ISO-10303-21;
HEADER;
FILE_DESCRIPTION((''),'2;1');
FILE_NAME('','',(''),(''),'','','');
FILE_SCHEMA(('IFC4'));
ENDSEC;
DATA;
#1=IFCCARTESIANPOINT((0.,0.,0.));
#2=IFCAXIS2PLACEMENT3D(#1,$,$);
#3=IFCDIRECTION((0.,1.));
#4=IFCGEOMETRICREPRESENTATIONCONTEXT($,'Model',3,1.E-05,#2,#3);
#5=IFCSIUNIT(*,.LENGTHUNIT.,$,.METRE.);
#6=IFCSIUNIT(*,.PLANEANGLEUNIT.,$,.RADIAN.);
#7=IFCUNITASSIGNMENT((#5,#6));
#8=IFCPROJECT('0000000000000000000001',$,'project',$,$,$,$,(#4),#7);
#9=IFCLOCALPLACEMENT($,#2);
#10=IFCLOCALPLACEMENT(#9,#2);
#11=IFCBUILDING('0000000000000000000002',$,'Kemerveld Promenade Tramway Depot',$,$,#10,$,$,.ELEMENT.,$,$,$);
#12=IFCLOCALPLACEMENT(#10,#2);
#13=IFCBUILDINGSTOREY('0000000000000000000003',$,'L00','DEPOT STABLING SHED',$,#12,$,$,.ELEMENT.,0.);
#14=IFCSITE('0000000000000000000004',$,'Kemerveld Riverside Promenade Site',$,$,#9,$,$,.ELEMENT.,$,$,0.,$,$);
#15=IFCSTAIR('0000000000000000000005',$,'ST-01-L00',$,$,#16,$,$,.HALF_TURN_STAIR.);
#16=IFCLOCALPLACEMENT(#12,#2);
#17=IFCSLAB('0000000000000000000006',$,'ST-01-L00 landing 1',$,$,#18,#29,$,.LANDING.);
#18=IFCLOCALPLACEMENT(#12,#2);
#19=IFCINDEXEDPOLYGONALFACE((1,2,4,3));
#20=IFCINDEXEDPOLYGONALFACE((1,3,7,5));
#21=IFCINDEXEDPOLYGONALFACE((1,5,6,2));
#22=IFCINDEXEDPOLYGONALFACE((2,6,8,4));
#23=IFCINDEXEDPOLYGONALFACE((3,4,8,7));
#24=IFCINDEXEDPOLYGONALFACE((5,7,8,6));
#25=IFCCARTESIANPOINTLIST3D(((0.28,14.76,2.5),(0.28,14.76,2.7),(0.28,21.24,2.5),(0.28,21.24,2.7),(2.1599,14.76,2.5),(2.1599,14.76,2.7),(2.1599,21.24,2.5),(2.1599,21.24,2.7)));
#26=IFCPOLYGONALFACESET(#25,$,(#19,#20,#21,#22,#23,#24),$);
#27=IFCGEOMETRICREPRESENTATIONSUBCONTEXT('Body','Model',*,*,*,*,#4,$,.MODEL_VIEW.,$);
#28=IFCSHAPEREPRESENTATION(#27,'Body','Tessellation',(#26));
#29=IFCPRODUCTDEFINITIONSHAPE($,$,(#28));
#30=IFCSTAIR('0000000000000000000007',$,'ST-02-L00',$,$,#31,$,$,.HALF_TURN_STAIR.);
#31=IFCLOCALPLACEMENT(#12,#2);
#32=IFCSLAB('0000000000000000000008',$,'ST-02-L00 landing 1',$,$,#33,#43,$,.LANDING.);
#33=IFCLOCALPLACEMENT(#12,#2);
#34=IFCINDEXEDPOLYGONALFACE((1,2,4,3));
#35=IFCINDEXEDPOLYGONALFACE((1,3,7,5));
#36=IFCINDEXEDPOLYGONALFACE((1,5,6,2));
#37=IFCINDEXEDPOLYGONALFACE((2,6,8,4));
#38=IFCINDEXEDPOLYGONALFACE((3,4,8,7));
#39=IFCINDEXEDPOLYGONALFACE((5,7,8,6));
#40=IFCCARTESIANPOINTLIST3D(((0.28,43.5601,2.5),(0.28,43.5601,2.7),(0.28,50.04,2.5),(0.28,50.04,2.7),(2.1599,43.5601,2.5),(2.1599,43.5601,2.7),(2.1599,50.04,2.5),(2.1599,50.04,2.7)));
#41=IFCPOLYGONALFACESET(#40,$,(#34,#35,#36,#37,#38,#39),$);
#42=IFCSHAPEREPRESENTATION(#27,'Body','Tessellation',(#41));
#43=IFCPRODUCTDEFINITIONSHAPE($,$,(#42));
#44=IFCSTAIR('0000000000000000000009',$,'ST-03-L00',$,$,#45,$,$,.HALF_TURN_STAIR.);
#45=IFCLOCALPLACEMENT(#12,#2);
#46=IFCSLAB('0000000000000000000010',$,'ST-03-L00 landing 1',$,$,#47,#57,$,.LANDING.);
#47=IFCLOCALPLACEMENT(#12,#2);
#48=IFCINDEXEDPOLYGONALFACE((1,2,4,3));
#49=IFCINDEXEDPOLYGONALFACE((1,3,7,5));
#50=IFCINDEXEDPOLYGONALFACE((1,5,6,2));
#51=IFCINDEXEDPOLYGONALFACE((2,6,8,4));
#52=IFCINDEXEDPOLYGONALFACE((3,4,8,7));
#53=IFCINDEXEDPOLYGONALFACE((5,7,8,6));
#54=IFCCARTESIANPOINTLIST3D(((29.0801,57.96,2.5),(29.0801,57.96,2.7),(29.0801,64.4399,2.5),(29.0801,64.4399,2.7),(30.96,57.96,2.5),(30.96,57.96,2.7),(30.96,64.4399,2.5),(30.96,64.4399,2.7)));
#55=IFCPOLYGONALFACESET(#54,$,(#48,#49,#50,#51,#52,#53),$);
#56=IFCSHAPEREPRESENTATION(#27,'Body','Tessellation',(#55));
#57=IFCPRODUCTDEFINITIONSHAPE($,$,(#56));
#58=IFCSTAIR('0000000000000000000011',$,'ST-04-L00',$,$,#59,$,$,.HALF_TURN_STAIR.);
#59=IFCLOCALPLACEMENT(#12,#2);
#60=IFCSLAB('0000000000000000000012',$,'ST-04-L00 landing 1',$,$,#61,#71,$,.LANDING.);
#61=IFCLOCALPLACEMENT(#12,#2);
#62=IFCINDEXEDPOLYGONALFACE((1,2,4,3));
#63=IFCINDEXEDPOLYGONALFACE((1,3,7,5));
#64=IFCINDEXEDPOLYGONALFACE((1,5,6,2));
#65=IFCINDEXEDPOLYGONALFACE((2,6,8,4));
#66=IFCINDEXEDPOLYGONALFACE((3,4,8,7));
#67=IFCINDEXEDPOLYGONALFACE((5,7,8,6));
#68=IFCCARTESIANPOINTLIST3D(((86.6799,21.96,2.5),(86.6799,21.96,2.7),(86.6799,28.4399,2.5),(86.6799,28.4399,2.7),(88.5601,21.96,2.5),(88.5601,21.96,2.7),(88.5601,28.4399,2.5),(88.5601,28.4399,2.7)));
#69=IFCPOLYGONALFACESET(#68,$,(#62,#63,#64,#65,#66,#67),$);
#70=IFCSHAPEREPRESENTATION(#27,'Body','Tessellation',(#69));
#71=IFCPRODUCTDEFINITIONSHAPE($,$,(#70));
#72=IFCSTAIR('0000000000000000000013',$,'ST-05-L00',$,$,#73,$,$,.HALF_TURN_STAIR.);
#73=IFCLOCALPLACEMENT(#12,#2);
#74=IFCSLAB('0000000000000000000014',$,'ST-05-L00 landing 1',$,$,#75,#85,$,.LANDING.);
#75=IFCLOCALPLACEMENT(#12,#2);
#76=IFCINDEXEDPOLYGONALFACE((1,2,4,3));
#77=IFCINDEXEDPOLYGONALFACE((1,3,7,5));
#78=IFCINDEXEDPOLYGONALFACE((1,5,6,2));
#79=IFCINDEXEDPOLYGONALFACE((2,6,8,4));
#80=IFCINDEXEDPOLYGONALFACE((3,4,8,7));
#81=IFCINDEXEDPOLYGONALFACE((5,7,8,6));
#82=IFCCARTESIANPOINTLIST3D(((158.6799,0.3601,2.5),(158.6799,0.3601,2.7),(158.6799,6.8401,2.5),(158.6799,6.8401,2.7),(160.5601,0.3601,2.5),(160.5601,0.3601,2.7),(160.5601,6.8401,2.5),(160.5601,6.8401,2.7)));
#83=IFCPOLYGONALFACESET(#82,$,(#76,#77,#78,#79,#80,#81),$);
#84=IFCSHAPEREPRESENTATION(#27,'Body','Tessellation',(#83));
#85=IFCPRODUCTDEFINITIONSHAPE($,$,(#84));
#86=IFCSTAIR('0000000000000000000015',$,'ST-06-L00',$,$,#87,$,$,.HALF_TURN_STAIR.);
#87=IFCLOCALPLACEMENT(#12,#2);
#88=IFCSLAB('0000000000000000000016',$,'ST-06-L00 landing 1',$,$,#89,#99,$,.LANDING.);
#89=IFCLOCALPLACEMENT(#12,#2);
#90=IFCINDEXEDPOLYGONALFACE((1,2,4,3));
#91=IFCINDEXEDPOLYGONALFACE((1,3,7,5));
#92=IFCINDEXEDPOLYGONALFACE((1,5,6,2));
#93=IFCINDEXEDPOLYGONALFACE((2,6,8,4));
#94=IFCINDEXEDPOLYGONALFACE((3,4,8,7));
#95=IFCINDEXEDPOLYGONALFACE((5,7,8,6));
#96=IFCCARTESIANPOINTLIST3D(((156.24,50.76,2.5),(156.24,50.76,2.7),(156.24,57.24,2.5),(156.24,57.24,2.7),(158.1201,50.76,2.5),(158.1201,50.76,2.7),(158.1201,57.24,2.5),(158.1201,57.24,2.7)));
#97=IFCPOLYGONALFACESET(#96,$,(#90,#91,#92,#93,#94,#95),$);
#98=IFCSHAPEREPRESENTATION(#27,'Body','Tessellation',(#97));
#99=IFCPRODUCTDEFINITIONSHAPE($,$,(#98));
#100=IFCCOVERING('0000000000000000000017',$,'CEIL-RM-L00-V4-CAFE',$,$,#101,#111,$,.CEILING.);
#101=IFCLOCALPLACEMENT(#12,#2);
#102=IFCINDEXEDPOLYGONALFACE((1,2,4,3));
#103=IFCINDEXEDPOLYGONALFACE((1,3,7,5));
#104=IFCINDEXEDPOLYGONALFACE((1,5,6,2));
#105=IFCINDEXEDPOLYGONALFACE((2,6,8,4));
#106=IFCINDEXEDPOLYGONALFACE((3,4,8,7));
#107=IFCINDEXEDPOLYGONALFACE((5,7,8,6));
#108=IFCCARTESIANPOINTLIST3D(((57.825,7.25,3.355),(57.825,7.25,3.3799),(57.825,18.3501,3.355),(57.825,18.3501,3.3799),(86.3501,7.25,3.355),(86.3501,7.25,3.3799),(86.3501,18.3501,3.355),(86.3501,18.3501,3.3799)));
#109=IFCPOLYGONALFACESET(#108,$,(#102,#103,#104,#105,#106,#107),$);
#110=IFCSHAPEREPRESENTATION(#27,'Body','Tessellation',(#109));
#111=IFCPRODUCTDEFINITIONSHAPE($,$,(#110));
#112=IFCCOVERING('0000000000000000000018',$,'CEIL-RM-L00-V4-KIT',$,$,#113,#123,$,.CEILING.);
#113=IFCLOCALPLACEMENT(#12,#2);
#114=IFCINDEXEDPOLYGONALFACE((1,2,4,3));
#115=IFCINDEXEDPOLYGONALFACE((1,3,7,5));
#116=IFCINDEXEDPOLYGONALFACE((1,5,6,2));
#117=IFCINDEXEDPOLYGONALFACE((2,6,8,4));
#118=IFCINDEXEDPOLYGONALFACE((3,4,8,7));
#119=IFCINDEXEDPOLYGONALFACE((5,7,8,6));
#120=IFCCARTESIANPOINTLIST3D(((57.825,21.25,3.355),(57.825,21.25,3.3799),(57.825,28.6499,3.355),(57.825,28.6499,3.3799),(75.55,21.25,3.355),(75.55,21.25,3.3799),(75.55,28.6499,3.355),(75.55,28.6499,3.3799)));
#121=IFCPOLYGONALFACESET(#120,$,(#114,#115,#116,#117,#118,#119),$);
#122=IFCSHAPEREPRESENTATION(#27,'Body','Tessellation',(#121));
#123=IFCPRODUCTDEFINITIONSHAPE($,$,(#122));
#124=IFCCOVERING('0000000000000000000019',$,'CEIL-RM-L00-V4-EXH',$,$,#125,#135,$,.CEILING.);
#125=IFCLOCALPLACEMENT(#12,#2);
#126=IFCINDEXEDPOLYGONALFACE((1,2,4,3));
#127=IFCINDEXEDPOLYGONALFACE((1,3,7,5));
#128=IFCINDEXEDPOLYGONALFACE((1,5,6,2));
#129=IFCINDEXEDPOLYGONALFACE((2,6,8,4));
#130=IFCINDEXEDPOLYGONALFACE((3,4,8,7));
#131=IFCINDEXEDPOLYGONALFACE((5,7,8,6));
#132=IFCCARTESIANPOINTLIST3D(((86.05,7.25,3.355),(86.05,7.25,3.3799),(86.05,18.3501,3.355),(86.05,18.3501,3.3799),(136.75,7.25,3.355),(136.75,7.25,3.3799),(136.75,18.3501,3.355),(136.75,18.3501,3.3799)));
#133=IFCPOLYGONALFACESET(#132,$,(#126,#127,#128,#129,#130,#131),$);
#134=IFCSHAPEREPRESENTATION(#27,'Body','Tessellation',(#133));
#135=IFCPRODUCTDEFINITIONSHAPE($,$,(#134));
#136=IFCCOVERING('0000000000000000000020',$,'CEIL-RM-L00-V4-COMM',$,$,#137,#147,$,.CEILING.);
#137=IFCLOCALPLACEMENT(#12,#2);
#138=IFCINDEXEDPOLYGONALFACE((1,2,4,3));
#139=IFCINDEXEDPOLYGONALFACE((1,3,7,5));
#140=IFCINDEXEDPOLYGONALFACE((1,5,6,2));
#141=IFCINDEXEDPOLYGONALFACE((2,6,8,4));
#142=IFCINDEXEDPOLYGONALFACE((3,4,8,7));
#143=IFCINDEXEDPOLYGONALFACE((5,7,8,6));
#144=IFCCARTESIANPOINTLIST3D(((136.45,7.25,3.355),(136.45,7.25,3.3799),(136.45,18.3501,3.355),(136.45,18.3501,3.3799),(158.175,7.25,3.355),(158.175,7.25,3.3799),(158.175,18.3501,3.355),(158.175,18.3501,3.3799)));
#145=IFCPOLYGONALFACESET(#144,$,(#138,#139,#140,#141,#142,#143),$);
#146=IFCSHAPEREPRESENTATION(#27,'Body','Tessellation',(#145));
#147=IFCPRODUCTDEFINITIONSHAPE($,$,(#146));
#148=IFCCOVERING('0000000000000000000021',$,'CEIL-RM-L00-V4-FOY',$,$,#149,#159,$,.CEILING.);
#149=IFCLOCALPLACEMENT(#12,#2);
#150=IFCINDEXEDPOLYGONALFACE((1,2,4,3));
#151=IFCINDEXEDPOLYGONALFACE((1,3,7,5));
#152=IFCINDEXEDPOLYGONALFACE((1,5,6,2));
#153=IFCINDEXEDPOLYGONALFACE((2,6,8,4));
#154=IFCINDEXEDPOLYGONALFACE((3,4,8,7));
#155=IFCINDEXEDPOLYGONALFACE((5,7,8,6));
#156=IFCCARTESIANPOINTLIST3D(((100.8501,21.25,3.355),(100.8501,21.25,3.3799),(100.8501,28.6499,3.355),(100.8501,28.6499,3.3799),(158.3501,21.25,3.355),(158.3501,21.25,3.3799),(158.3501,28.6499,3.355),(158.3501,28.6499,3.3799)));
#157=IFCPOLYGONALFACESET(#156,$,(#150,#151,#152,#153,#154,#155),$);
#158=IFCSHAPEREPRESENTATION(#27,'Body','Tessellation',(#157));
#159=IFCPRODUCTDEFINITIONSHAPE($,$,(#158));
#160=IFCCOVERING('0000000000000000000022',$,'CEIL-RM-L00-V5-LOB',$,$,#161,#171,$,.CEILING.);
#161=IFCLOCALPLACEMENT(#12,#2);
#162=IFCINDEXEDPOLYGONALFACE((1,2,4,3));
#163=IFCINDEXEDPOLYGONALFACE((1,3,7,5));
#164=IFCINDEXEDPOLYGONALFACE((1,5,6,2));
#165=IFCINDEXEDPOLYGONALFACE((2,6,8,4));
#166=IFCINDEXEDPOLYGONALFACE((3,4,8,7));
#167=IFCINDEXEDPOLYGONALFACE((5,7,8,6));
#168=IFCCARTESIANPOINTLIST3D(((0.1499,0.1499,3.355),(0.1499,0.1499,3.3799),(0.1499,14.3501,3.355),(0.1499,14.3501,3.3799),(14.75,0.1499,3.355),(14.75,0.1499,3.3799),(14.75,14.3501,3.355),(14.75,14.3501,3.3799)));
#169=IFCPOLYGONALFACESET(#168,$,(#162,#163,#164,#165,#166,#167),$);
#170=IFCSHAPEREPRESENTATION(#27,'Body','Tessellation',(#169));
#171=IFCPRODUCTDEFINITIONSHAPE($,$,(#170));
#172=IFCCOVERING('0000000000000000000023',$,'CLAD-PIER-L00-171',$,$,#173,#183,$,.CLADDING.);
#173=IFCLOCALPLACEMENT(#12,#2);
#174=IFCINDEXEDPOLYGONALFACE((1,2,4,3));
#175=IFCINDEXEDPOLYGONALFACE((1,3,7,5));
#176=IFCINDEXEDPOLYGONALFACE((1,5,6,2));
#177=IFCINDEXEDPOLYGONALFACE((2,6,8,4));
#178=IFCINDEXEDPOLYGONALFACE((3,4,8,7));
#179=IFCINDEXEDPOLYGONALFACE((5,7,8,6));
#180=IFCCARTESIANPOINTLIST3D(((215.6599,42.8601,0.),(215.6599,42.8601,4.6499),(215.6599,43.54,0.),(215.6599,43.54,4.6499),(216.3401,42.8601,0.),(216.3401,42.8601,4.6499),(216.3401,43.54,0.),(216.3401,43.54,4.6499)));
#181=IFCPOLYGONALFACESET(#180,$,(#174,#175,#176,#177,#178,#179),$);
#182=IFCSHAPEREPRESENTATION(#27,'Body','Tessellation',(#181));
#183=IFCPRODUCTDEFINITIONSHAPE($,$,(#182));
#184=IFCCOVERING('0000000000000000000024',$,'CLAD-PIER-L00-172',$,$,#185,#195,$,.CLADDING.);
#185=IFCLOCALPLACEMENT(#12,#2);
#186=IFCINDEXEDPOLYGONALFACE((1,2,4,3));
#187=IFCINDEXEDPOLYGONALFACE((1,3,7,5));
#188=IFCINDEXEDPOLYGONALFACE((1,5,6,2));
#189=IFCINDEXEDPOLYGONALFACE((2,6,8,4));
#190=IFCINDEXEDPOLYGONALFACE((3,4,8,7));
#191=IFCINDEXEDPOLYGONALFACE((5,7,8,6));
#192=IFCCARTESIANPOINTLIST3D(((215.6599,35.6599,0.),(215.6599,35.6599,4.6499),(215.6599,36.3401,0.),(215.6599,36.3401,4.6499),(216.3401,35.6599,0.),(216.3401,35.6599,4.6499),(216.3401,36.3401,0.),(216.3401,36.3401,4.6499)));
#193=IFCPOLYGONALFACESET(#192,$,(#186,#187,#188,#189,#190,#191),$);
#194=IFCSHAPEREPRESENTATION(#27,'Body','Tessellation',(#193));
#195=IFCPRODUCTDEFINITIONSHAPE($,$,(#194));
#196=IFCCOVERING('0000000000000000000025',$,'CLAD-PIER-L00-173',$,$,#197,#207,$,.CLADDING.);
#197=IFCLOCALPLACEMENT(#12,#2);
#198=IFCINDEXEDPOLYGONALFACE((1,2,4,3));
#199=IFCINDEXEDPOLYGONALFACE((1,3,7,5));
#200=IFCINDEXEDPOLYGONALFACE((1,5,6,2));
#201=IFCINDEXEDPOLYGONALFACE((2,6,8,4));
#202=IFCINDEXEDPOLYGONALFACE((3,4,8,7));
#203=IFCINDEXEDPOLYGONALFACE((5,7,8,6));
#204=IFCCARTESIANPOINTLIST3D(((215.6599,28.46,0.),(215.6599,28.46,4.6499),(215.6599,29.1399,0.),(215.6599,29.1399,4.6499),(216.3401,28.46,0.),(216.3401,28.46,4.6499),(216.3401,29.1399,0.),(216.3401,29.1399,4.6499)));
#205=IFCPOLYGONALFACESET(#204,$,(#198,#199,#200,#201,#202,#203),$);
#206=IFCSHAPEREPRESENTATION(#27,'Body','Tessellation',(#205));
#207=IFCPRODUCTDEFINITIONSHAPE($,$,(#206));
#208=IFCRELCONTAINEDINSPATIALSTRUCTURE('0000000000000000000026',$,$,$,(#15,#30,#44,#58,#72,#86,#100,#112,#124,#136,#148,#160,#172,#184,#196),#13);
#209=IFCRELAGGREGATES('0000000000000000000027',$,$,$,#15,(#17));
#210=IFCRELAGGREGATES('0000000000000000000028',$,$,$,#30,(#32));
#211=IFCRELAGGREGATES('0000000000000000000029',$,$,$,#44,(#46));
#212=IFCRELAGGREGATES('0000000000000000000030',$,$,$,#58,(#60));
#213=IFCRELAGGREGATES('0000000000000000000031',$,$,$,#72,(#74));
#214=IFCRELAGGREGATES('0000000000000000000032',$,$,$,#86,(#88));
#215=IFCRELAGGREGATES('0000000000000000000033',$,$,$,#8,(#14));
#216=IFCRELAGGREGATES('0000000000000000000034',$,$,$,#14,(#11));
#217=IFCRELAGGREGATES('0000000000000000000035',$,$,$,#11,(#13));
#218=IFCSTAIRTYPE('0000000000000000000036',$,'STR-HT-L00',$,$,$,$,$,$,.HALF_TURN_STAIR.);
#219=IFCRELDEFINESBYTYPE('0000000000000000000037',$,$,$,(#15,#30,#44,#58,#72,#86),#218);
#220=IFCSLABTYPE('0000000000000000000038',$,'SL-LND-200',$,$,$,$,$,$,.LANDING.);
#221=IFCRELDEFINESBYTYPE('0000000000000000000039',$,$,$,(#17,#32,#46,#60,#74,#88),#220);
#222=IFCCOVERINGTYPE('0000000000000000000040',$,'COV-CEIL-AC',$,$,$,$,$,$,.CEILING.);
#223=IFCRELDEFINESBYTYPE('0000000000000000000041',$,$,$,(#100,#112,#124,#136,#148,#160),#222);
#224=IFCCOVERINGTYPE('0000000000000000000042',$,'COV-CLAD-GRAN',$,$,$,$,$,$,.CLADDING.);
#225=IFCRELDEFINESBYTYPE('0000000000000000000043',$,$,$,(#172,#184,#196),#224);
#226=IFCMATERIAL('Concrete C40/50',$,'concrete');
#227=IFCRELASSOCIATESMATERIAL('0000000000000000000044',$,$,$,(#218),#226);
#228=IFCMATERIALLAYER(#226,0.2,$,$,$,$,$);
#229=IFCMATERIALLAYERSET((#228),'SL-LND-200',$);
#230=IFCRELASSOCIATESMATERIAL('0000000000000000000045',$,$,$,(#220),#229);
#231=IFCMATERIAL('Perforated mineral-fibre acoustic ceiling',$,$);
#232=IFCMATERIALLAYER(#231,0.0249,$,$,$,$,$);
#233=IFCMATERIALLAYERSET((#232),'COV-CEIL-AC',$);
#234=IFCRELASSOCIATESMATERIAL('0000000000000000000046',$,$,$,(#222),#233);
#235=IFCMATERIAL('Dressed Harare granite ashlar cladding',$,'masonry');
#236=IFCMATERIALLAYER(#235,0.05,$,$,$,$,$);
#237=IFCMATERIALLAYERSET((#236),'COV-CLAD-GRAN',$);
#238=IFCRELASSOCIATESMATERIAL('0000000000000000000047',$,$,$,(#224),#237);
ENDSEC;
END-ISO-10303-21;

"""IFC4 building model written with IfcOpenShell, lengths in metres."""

from ifc_helpers import new_model, si_unit, direction, frame, origin, place, context, subcontext, project, spatial, polyline, outline, extrude, material, layer, layer_set, type_object, element, aggregate, save


model = new_model("IFC4")

# Units and contexts
model_context = context("Model", 3, precision=1e-05, world=origin(), true_north=direction((0.0, 1.0)))
body_context = subcontext(model_context, "Body", "Model", "MODEL_VIEW")
ifc_project = project(units=[si_unit("LENGTHUNIT", "METRE"), si_unit("PLANEANGLEUNIT", "RADIAN")], contexts=[model_context])

# Site, building, storey
site_placement = place(None, origin())
site = spatial("IfcSite", under=ifc_project, at=site_placement, Name="Kemerveld Riverside Promenade Site", CompositionType="ELEMENT", RefElevation=0.0)
building_placement = place(site_placement, origin())
building = spatial("IfcBuilding", under=site, at=building_placement, Name="Kemerveld Promenade Tramway Depot", CompositionType="ELEMENT")
storey_placement = place(building_placement, origin())
storey = spatial("IfcBuildingStorey", under=building, at=storey_placement, Name="L00", Description="DEPOT STABLING SHED", CompositionType="ELEMENT", Elevation=0.0)

# Stairs, slabs
ifc_material_1 = material(Name="Concrete C40/50", Category="concrete")
stair_type = type_object("IfcStairType", Name="STR-HT-L00", PredefinedType="HALF_TURN_STAIR", material=ifc_material_1)
stair_1_placement = place(storey_placement, origin())
stair_1 = element("IfcStair", 1, at=stair_1_placement, inside=storey, type_object=stair_type, Name="ST-01-L00", PredefinedType="HALF_TURN_STAIR")
ifc_layer_1 = layer(ifc_material_1, 0.2)
ifc_layer_set_1 = layer_set([ifc_layer_1], Name="SL-LND-200")
slab_type = type_object("IfcSlabType", Name="SL-LND-200", PredefinedType="LANDING", material=ifc_layer_set_1)
slab_1_placement = place(storey_placement, frame((0.0, 0.0, 2.5)))
slab_1 = element("IfcSlab", 2, at=slab_1_placement, type_object=slab_type, Name="ST-01-L00 landing 1", PredefinedType="LANDING", context=body_context, shape_type="SweptSolid", body=[
    extrude(outline(polyline([(0.28, 14.76), (2.1599, 14.76), (2.1599, 21.24), (0.28, 21.24), (0.28, 14.76)])), origin(), (0.0, 0.0, 1.0), 0.2),
])
aggregate(stair_1, [slab_1])
stair_2_placement = place(storey_placement, origin())
stair_2 = element("IfcStair", 3, at=stair_2_placement, inside=storey, type_object=stair_type, Name="ST-02-L00", PredefinedType="HALF_TURN_STAIR")
slab_2_placement = place(storey_placement, frame((0.0, 0.0, 2.5)))
slab_2 = element("IfcSlab", 4, at=slab_2_placement, type_object=slab_type, Name="ST-02-L00 landing 1", PredefinedType="LANDING", context=body_context, shape_type="SweptSolid", body=[
    extrude(outline(polyline([(0.28, 43.5601), (2.1599, 43.5601), (2.1599, 50.04), (0.28, 50.04), (0.28, 43.5601)])), origin(), (0.0, 0.0, 1.0), 0.2),
])
aggregate(stair_2, [slab_2])
stair_3_placement = place(storey_placement, origin())
stair_3 = element("IfcStair", 5, at=stair_3_placement, inside=storey, type_object=stair_type, Name="ST-03-L00", PredefinedType="HALF_TURN_STAIR")
slab_3_placement = place(storey_placement, frame((0.0, 0.0, 2.5)))
slab_3 = element("IfcSlab", 6, at=slab_3_placement, type_object=slab_type, Name="ST-03-L00 landing 1", PredefinedType="LANDING", context=body_context, shape_type="SweptSolid", body=[
    extrude(outline(polyline([(29.0801, 57.96), (30.96, 57.96), (30.96, 64.4399), (29.0801, 64.4399), (29.0801, 57.96)])), origin(), (0.0, 0.0, 1.0), 0.2),
])
aggregate(stair_3, [slab_3])
stair_4_placement = place(storey_placement, origin())
stair_4 = element("IfcStair", 7, at=stair_4_placement, inside=storey, type_object=stair_type, Name="ST-04-L00", PredefinedType="HALF_TURN_STAIR")
slab_4_placement = place(storey_placement, frame((0.0, 0.0, 2.5)))
slab_4 = element("IfcSlab", 8, at=slab_4_placement, type_object=slab_type, Name="ST-04-L00 landing 1", PredefinedType="LANDING", context=body_context, shape_type="SweptSolid", body=[
    extrude(outline(polyline([(86.6799, 21.96), (88.5601, 21.96), (88.5601, 28.4399), (86.6799, 28.4399), (86.6799, 21.96)])), origin(), (0.0, 0.0, 1.0), 0.2),
])
aggregate(stair_4, [slab_4])
stair_5_placement = place(storey_placement, origin())
stair_5 = element("IfcStair", 9, at=stair_5_placement, inside=storey, type_object=stair_type, Name="ST-05-L00", PredefinedType="HALF_TURN_STAIR")
slab_5_placement = place(storey_placement, frame((0.0, 0.0, 2.5)))
slab_5 = element("IfcSlab", 10, at=slab_5_placement, type_object=slab_type, Name="ST-05-L00 landing 1", PredefinedType="LANDING", context=body_context, shape_type="SweptSolid", body=[
    extrude(outline(polyline([(158.6799, 0.3601), (160.5601, 0.3601), (160.5601, 6.8401), (158.6799, 6.8401), (158.6799, 0.3601)])), origin(), (0.0, 0.0, 1.0), 0.2),
])
aggregate(stair_5, [slab_5])
stair_6_placement = place(storey_placement, origin())
stair_6 = element("IfcStair", 11, at=stair_6_placement, inside=storey, type_object=stair_type, Name="ST-06-L00", PredefinedType="HALF_TURN_STAIR")
slab_6_placement = place(storey_placement, frame((0.0, 0.0, 2.5)))
slab_6 = element("IfcSlab", 12, at=slab_6_placement, type_object=slab_type, Name="ST-06-L00 landing 1", PredefinedType="LANDING", context=body_context, shape_type="SweptSolid", body=[
    extrude(outline(polyline([(156.24, 50.76), (158.1201, 50.76), (158.1201, 57.24), (156.24, 57.24), (156.24, 50.76)])), origin(), (0.0, 0.0, 1.0), 0.2),
])
aggregate(stair_6, [slab_6])

# Coverings
ifc_material_2 = material(Name="Perforated mineral-fibre acoustic ceiling")
ifc_layer_2 = layer(ifc_material_2, 0.0249)
ifc_layer_set_2 = layer_set([ifc_layer_2], Name="COV-CEIL-AC")
covering_type_1 = type_object("IfcCoveringType", Name="COV-CEIL-AC", PredefinedType="CEILING", material=ifc_layer_set_2)
covering_1_placement = place(storey_placement, frame((0.0, 0.0, 3.355)))
element("IfcCovering", 13, at=covering_1_placement, inside=storey, type_object=covering_type_1, Name="CEIL-RM-L00-V4-CAFE", PredefinedType="CEILING", context=body_context, shape_type="SweptSolid", body=[
    extrude(outline(polyline([(57.825, 7.25), (86.3501, 7.25), (86.3501, 18.3501), (57.825, 18.3501), (57.825, 7.25)])), origin(), (0.0, 0.0, 1.0), 0.0249),
])
covering_2_placement = place(storey_placement, frame((0.0, 0.0, 3.355)))
element("IfcCovering", 14, at=covering_2_placement, inside=storey, type_object=covering_type_1, Name="CEIL-RM-L00-V4-KIT", PredefinedType="CEILING", context=body_context, shape_type="SweptSolid", body=[
    extrude(outline(polyline([(57.825, 21.25), (75.55, 21.25), (75.55, 28.6499), (57.825, 28.6499), (57.825, 21.25)])), origin(), (0.0, 0.0, 1.0), 0.0249),
])
covering_3_placement = place(storey_placement, frame((0.0, 0.0, 3.355)))
element("IfcCovering", 15, at=covering_3_placement, inside=storey, type_object=covering_type_1, Name="CEIL-RM-L00-V4-EXH", PredefinedType="CEILING", context=body_context, shape_type="SweptSolid", body=[
    extrude(outline(polyline([(86.05, 7.25), (136.75, 7.25), (136.75, 18.3501), (86.05, 18.3501), (86.05, 7.25)])), origin(), (0.0, 0.0, 1.0), 0.0249),
])
covering_4_placement = place(storey_placement, frame((0.0, 0.0, 3.355)))
element("IfcCovering", 16, at=covering_4_placement, inside=storey, type_object=covering_type_1, Name="CEIL-RM-L00-V4-COMM", PredefinedType="CEILING", context=body_context, shape_type="SweptSolid", body=[
    extrude(outline(polyline([(136.45, 7.25), (158.175, 7.25), (158.175, 18.3501), (136.45, 18.3501), (136.45, 7.25)])), origin(), (0.0, 0.0, 1.0), 0.0249),
])
covering_5_placement = place(storey_placement, frame((0.0, 0.0, 3.355)))
element("IfcCovering", 17, at=covering_5_placement, inside=storey, type_object=covering_type_1, Name="CEIL-RM-L00-V4-FOY", PredefinedType="CEILING", context=body_context, shape_type="SweptSolid", body=[
    extrude(outline(polyline([(100.8501, 21.25), (158.3501, 21.25), (158.3501, 28.6499), (100.8501, 28.6499), (100.8501, 21.25)])), origin(), (0.0, 0.0, 1.0), 0.0249),
])
covering_6_placement = place(storey_placement, frame((0.0, 0.0, 3.355)))
element("IfcCovering", 18, at=covering_6_placement, inside=storey, type_object=covering_type_1, Name="CEIL-RM-L00-V5-LOB", PredefinedType="CEILING", context=body_context, shape_type="SweptSolid", body=[
    extrude(outline(polyline([(0.1499, 0.1499), (14.75, 0.1499), (14.75, 14.3501), (0.1499, 14.3501), (0.1499, 0.1499)])), origin(), (0.0, 0.0, 1.0), 0.0249),
])
ifc_material_3 = material(Name="Dressed Harare granite ashlar cladding", Category="masonry")
ifc_layer_3 = layer(ifc_material_3, 0.05)
ifc_layer_set_3 = layer_set([ifc_layer_3], Name="COV-CLAD-GRAN")
covering_type_2 = type_object("IfcCoveringType", Name="COV-CLAD-GRAN", PredefinedType="CLADDING", material=ifc_layer_set_3)
covering_7_placement = place(storey_placement, origin())
element("IfcCovering", 19, at=covering_7_placement, inside=storey, type_object=covering_type_2, Name="CLAD-PIER-L00-171", PredefinedType="CLADDING", context=body_context, shape_type="SweptSolid", body=[
    extrude(outline(polyline([(215.6599, 42.8601), (216.3401, 42.8601), (216.3401, 43.54), (215.6599, 43.54), (215.6599, 42.8601)])), origin(), (0.0, 0.0, 1.0), 4.6499),
])
covering_8_placement = place(storey_placement, origin())
element("IfcCovering", 20, at=covering_8_placement, inside=storey, type_object=covering_type_2, Name="CLAD-PIER-L00-172", PredefinedType="CLADDING", context=body_context, shape_type="SweptSolid", body=[
    extrude(outline(polyline([(215.6599, 35.6599), (216.3401, 35.6599), (216.3401, 36.3401), (215.6599, 36.3401), (215.6599, 35.6599)])), origin(), (0.0, 0.0, 1.0), 4.6499),
])
covering_9_placement = place(storey_placement, origin())
element("IfcCovering", 21, at=covering_9_placement, inside=storey, type_object=covering_type_2, Name="CLAD-PIER-L00-173", PredefinedType="CLADDING", context=body_context, shape_type="SweptSolid", body=[
    extrude(outline(polyline([(215.6599, 28.46), (216.3401, 28.46), (216.3401, 29.1399), (215.6599, 29.1399), (215.6599, 28.46)])), origin(), (0.0, 0.0, 1.0), 4.6499),
])

save(model, "model.ifc")
